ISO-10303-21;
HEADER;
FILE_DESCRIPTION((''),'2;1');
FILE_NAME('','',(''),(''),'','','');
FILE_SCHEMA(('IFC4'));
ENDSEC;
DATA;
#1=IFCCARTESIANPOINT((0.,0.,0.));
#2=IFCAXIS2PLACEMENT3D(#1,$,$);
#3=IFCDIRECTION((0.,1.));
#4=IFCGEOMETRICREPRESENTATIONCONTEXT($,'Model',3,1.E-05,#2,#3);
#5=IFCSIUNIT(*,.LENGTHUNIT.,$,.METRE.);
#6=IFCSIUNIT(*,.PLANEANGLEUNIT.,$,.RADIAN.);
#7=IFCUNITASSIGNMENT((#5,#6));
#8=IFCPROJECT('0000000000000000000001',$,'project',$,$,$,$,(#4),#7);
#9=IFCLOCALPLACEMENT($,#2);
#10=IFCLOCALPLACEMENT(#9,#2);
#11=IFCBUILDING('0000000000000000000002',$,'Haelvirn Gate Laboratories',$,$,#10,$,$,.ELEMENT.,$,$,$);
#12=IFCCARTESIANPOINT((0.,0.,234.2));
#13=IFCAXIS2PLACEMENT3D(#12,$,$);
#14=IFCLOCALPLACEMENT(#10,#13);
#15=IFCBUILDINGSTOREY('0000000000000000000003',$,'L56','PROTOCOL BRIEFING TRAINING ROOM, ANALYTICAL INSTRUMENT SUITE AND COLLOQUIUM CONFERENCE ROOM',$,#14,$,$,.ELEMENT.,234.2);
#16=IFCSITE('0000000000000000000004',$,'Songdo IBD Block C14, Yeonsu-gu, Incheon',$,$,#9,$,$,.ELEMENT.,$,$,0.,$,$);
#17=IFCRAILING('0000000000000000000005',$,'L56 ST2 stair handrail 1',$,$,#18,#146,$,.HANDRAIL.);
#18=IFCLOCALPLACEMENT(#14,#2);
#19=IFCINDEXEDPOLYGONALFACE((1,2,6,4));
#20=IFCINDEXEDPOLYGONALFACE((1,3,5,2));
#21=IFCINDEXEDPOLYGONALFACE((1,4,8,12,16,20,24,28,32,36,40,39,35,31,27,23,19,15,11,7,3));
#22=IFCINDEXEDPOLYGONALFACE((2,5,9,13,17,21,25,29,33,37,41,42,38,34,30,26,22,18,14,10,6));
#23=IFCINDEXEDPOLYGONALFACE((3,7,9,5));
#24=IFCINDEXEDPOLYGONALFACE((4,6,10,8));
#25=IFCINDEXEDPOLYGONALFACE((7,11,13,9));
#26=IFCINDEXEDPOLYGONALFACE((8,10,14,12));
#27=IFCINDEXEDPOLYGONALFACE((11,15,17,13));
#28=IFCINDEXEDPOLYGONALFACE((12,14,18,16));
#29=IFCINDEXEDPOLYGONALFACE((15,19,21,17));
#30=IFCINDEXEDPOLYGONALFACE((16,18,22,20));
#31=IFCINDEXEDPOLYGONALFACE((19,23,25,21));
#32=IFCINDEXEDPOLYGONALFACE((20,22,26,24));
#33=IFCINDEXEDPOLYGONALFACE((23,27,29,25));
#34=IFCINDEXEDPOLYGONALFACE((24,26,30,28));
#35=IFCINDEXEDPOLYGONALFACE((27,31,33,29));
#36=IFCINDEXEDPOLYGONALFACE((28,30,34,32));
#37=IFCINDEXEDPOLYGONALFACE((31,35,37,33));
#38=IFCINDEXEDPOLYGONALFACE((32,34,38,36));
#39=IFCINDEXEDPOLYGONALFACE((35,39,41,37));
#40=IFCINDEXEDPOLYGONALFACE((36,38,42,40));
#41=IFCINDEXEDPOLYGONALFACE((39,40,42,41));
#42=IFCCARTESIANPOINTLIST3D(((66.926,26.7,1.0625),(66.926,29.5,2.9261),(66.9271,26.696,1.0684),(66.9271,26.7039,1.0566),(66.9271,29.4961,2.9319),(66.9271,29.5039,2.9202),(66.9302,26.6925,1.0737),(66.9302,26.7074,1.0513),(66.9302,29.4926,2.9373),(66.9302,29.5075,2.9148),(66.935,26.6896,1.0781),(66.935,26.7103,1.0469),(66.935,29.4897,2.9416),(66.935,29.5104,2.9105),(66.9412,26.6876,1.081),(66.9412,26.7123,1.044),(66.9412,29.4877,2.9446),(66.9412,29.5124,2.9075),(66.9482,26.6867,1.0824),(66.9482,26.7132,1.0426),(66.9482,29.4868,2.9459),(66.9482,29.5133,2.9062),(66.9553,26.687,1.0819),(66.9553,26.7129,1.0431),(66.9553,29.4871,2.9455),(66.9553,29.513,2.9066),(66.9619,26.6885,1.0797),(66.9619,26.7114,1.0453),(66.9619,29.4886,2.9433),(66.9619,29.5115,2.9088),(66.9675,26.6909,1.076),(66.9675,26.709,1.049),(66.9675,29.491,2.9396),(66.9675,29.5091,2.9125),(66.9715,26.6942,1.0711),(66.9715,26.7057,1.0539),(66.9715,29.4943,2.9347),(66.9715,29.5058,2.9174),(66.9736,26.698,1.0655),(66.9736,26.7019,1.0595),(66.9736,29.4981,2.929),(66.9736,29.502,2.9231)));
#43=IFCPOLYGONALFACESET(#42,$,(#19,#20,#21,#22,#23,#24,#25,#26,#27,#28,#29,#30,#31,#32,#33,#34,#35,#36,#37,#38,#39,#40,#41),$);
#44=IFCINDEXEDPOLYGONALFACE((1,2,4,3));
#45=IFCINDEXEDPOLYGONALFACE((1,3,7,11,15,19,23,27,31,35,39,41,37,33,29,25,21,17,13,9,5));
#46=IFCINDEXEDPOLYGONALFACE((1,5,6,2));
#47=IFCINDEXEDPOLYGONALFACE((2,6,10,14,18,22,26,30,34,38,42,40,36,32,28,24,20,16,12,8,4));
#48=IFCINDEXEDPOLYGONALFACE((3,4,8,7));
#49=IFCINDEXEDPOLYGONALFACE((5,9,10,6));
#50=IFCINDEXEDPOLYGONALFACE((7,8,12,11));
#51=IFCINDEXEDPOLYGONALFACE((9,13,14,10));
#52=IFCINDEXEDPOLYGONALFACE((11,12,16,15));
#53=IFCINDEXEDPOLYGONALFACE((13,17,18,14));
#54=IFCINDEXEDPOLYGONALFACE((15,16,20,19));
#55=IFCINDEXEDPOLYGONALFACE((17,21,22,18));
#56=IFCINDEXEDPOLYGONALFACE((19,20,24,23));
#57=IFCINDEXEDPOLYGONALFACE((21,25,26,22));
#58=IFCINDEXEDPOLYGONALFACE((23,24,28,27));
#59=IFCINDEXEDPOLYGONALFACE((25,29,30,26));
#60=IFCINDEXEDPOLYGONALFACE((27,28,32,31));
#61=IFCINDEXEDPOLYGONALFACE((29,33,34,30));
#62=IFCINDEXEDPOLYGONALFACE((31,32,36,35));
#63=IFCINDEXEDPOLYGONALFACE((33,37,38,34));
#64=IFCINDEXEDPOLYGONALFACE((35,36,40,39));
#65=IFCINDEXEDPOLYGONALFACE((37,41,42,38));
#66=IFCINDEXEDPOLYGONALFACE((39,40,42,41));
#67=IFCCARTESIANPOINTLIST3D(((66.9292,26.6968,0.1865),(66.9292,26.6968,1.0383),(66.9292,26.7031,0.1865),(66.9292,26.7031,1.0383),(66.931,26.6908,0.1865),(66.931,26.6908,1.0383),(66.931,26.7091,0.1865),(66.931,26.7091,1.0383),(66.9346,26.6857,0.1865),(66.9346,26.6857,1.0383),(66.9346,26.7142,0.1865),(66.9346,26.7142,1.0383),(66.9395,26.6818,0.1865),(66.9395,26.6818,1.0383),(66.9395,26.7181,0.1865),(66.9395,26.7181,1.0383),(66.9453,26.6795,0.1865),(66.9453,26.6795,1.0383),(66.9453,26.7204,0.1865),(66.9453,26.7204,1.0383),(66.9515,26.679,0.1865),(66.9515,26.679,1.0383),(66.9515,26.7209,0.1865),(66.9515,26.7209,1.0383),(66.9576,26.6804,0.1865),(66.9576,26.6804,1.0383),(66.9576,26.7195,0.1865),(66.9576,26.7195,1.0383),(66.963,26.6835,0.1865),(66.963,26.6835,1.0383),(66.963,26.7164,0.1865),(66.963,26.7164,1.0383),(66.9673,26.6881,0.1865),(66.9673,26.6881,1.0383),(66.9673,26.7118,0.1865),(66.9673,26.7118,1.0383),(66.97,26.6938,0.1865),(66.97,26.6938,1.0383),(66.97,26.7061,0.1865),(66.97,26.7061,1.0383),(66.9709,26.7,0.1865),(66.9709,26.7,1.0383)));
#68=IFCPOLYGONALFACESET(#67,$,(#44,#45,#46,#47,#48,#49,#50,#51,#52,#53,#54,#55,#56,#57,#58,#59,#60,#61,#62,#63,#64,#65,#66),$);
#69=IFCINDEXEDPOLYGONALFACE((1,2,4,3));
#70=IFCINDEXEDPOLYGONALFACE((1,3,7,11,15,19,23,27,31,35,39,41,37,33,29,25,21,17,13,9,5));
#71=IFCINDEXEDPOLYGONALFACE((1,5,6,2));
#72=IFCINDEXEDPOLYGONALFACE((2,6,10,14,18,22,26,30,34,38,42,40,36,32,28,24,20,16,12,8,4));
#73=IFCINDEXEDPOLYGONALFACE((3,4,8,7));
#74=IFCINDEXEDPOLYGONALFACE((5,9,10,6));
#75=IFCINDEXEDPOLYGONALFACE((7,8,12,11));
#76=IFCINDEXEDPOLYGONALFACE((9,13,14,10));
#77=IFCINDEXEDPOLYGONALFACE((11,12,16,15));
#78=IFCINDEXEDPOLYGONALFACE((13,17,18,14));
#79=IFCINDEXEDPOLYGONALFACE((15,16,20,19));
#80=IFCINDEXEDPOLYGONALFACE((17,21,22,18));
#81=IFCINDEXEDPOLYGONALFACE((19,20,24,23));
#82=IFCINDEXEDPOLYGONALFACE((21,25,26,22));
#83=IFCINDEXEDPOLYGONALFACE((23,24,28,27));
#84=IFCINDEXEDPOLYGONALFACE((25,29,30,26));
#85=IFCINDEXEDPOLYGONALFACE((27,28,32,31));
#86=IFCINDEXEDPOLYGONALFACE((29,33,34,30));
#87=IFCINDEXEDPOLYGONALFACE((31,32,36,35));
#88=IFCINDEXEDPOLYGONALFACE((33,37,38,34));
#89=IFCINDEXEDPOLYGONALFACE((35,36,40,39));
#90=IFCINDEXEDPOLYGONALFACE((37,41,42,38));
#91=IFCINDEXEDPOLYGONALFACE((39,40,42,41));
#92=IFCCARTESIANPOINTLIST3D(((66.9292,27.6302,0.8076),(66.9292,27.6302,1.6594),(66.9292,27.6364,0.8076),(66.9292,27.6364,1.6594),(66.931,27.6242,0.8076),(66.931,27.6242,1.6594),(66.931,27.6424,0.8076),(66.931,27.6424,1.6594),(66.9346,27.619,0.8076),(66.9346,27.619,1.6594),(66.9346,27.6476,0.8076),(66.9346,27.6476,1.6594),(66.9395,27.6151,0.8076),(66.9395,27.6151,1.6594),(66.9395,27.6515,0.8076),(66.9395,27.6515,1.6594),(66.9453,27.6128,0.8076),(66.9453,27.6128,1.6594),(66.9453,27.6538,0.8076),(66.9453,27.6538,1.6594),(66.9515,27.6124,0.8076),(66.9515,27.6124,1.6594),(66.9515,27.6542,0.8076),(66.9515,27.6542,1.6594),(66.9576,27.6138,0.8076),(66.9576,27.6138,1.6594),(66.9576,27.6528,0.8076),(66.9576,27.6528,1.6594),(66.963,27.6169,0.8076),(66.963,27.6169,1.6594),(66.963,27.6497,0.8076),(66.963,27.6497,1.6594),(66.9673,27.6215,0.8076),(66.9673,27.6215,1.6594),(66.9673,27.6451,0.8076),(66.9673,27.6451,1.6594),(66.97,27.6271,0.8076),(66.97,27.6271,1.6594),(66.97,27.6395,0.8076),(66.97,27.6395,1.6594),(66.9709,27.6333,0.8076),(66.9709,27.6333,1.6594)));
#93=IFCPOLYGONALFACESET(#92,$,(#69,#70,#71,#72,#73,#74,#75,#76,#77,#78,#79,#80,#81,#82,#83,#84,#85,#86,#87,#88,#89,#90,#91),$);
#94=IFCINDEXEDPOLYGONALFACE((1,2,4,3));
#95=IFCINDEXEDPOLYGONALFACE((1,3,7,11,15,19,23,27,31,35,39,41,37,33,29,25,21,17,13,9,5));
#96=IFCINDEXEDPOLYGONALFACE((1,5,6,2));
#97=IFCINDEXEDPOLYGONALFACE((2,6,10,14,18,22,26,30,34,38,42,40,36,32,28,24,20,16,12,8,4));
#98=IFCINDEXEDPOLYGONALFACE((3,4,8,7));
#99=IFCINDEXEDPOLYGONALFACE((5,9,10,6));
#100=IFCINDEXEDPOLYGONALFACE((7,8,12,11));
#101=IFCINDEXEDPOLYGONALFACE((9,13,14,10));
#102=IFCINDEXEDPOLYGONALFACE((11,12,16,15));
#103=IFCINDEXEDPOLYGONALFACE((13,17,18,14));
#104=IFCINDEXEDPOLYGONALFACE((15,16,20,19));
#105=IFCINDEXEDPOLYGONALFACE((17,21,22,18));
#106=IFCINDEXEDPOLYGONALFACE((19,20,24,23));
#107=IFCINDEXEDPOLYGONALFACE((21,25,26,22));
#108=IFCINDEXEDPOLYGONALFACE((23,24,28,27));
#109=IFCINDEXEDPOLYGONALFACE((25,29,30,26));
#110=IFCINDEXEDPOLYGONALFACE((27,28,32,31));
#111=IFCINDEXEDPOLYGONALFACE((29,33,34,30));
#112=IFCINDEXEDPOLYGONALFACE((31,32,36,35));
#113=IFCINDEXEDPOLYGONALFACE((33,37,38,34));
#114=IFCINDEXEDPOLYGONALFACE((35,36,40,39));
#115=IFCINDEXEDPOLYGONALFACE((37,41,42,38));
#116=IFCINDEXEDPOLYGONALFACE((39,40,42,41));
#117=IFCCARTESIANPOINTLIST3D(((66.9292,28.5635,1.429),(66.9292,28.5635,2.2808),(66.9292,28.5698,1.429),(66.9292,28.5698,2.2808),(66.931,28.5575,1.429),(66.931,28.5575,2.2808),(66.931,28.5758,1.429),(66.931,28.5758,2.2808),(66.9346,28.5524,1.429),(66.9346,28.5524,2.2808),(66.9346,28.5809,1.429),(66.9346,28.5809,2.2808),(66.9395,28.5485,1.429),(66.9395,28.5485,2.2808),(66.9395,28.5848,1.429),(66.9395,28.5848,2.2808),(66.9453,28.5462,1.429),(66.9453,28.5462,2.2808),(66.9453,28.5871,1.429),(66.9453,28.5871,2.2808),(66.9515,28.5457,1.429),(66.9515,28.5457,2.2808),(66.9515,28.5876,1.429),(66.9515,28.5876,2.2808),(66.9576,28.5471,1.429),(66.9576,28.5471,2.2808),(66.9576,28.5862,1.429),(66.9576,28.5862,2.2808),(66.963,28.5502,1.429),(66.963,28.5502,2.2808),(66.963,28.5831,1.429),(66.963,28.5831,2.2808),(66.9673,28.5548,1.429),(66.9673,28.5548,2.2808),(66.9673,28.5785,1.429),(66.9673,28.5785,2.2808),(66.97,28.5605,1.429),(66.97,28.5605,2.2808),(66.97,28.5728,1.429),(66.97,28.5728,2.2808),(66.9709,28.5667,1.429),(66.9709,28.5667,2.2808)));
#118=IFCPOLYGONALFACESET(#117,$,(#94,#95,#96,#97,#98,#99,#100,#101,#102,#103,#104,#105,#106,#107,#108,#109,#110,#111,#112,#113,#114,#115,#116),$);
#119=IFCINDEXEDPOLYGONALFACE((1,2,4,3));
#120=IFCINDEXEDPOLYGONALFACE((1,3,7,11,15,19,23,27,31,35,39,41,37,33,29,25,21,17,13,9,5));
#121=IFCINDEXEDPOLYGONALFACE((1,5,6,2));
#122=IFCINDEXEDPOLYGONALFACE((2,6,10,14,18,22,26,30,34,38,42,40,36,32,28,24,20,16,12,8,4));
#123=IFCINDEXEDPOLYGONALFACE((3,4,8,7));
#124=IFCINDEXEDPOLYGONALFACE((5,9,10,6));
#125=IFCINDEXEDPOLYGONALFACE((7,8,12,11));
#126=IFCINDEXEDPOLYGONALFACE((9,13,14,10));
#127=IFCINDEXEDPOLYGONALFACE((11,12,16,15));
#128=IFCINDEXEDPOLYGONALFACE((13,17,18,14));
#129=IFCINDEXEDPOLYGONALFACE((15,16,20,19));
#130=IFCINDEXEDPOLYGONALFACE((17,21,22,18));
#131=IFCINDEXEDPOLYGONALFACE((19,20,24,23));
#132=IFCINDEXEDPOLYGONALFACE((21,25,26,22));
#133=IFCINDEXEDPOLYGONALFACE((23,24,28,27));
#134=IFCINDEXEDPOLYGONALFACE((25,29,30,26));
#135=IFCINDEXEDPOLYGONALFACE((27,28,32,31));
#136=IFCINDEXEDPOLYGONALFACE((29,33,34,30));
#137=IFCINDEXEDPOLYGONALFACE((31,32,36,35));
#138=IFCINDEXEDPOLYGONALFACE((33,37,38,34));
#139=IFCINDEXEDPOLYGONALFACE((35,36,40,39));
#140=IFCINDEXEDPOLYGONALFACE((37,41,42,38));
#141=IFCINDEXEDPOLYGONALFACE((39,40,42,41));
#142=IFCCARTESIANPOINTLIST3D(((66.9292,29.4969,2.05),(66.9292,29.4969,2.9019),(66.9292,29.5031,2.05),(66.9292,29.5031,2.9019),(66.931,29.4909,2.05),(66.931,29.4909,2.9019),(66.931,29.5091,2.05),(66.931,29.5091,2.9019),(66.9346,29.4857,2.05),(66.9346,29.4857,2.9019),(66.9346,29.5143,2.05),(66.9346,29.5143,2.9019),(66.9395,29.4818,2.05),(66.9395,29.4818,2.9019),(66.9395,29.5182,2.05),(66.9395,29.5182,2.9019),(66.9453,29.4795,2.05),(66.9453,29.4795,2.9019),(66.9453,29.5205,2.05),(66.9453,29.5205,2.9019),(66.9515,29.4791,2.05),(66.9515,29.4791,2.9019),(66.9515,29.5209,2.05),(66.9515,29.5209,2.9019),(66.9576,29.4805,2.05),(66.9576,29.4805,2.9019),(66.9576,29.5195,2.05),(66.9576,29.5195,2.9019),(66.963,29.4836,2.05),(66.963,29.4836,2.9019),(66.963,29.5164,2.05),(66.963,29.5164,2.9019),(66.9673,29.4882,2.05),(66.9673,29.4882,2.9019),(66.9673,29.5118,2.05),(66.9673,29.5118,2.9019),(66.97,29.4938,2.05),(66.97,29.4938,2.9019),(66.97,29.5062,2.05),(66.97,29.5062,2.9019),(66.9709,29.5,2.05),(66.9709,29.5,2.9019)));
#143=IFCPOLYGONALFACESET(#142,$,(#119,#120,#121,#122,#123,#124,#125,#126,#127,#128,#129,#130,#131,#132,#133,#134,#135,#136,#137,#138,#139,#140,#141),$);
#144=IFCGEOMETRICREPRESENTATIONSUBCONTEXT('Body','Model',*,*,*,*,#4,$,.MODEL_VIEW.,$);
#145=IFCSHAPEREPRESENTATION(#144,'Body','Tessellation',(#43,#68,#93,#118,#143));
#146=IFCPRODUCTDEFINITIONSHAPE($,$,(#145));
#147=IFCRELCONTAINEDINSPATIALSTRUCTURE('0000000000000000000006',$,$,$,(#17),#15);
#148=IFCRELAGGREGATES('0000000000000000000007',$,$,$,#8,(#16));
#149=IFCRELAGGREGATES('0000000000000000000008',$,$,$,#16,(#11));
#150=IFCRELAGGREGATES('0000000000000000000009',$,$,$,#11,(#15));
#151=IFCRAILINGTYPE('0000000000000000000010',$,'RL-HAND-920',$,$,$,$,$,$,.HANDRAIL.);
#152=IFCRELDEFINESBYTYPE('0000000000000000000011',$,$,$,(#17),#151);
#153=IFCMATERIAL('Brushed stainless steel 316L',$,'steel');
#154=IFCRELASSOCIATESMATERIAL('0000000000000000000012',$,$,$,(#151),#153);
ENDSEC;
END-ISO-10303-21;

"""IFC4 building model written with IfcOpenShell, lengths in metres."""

from ifc_helpers import new_model, si_unit, direction, frame, origin, origin_2d, place, context, subcontext, project, spatial, circle, extrude, source, transform, mapped, material, type_object, element, save


model = new_model("IFC4")

# Units and contexts
model_context = context("Model", 3, precision=1e-05, world=origin(), true_north=direction((0.0, 1.0)))
body_context = subcontext(model_context, "Body", "Model", "MODEL_VIEW")
ifc_project = project(units=[si_unit("LENGTHUNIT", "METRE"), si_unit("PLANEANGLEUNIT", "RADIAN")], contexts=[model_context])

# Site, building, storey
site_placement = place(None, origin())
site = spatial("IfcSite", under=ifc_project, at=site_placement, Name="Songdo IBD Block C14, Yeonsu-gu, Incheon", CompositionType="ELEMENT", RefElevation=0.0)
building_placement = place(site_placement, origin())
building = spatial("IfcBuilding", under=site, at=building_placement, Name="Haelvirn Gate Laboratories", CompositionType="ELEMENT")
storey_placement = place(building_placement, frame((0.0, 0.0, 234.2)))
storey = spatial("IfcBuildingStorey", under=building, at=storey_placement, Name="L56", Description="PROTOCOL BRIEFING TRAINING ROOM, ANALYTICAL INSTRUMENT SUITE AND COLLOQUIUM CONFERENCE ROOM", CompositionType="ELEMENT", Elevation=234.2)

# Railing
ifc_material_1 = material(Name="Brushed stainless steel 316L", Category="steel")
railing_type_1 = type_object("IfcRailingType", Name="RL-HAND-920", PredefinedType="HANDRAIL", material=ifc_material_1)
shared_shape_1 = source(origin(), body_context, "Body", "SweptSolid", [
    extrude(circle(Radius=0.0239, at=origin_2d()), frame((0.0, 0.0, 0.876), z_axis=(0.0, 0.832486, 0.554047), x_axis=(-1.0, 0.0, 0.0)), (0.0, 0.0, 1.0), 3.3635),
    extrude(circle(Radius=0.021, at=origin_2d()), origin(), (0.0, 0.0, 1.0), 0.8518),
    extrude(circle(Radius=0.021, at=origin_2d()), frame((0.0, 0.9333, 0.6211)), (0.0, 0.0, 1.0), 0.8518),
    extrude(circle(Radius=0.021, at=origin_2d()), frame((0.0, 1.8667, 1.2424)), (0.0, 0.0, 1.0), 0.8518),
    extrude(circle(Radius=0.021, at=origin_2d()), frame((0.0, 2.8, 1.8635)), (0.0, 0.0, 1.0), 0.8518),
])
railing_1_placement = place(storey_placement, frame((66.95, 26.7, 0.1865)))
element("IfcRailing", 1, at=railing_1_placement, inside=storey, type_object=railing_type_1, Name="L56 ST2 stair handrail 1", PredefinedType="HANDRAIL", context=body_context, shape_type="MappedRepresentation", body=[
    mapped(shared_shape_1, transform((0.0, 0.0, 0.0), scale=1.0)),
])

save(model, "model.ifc")
